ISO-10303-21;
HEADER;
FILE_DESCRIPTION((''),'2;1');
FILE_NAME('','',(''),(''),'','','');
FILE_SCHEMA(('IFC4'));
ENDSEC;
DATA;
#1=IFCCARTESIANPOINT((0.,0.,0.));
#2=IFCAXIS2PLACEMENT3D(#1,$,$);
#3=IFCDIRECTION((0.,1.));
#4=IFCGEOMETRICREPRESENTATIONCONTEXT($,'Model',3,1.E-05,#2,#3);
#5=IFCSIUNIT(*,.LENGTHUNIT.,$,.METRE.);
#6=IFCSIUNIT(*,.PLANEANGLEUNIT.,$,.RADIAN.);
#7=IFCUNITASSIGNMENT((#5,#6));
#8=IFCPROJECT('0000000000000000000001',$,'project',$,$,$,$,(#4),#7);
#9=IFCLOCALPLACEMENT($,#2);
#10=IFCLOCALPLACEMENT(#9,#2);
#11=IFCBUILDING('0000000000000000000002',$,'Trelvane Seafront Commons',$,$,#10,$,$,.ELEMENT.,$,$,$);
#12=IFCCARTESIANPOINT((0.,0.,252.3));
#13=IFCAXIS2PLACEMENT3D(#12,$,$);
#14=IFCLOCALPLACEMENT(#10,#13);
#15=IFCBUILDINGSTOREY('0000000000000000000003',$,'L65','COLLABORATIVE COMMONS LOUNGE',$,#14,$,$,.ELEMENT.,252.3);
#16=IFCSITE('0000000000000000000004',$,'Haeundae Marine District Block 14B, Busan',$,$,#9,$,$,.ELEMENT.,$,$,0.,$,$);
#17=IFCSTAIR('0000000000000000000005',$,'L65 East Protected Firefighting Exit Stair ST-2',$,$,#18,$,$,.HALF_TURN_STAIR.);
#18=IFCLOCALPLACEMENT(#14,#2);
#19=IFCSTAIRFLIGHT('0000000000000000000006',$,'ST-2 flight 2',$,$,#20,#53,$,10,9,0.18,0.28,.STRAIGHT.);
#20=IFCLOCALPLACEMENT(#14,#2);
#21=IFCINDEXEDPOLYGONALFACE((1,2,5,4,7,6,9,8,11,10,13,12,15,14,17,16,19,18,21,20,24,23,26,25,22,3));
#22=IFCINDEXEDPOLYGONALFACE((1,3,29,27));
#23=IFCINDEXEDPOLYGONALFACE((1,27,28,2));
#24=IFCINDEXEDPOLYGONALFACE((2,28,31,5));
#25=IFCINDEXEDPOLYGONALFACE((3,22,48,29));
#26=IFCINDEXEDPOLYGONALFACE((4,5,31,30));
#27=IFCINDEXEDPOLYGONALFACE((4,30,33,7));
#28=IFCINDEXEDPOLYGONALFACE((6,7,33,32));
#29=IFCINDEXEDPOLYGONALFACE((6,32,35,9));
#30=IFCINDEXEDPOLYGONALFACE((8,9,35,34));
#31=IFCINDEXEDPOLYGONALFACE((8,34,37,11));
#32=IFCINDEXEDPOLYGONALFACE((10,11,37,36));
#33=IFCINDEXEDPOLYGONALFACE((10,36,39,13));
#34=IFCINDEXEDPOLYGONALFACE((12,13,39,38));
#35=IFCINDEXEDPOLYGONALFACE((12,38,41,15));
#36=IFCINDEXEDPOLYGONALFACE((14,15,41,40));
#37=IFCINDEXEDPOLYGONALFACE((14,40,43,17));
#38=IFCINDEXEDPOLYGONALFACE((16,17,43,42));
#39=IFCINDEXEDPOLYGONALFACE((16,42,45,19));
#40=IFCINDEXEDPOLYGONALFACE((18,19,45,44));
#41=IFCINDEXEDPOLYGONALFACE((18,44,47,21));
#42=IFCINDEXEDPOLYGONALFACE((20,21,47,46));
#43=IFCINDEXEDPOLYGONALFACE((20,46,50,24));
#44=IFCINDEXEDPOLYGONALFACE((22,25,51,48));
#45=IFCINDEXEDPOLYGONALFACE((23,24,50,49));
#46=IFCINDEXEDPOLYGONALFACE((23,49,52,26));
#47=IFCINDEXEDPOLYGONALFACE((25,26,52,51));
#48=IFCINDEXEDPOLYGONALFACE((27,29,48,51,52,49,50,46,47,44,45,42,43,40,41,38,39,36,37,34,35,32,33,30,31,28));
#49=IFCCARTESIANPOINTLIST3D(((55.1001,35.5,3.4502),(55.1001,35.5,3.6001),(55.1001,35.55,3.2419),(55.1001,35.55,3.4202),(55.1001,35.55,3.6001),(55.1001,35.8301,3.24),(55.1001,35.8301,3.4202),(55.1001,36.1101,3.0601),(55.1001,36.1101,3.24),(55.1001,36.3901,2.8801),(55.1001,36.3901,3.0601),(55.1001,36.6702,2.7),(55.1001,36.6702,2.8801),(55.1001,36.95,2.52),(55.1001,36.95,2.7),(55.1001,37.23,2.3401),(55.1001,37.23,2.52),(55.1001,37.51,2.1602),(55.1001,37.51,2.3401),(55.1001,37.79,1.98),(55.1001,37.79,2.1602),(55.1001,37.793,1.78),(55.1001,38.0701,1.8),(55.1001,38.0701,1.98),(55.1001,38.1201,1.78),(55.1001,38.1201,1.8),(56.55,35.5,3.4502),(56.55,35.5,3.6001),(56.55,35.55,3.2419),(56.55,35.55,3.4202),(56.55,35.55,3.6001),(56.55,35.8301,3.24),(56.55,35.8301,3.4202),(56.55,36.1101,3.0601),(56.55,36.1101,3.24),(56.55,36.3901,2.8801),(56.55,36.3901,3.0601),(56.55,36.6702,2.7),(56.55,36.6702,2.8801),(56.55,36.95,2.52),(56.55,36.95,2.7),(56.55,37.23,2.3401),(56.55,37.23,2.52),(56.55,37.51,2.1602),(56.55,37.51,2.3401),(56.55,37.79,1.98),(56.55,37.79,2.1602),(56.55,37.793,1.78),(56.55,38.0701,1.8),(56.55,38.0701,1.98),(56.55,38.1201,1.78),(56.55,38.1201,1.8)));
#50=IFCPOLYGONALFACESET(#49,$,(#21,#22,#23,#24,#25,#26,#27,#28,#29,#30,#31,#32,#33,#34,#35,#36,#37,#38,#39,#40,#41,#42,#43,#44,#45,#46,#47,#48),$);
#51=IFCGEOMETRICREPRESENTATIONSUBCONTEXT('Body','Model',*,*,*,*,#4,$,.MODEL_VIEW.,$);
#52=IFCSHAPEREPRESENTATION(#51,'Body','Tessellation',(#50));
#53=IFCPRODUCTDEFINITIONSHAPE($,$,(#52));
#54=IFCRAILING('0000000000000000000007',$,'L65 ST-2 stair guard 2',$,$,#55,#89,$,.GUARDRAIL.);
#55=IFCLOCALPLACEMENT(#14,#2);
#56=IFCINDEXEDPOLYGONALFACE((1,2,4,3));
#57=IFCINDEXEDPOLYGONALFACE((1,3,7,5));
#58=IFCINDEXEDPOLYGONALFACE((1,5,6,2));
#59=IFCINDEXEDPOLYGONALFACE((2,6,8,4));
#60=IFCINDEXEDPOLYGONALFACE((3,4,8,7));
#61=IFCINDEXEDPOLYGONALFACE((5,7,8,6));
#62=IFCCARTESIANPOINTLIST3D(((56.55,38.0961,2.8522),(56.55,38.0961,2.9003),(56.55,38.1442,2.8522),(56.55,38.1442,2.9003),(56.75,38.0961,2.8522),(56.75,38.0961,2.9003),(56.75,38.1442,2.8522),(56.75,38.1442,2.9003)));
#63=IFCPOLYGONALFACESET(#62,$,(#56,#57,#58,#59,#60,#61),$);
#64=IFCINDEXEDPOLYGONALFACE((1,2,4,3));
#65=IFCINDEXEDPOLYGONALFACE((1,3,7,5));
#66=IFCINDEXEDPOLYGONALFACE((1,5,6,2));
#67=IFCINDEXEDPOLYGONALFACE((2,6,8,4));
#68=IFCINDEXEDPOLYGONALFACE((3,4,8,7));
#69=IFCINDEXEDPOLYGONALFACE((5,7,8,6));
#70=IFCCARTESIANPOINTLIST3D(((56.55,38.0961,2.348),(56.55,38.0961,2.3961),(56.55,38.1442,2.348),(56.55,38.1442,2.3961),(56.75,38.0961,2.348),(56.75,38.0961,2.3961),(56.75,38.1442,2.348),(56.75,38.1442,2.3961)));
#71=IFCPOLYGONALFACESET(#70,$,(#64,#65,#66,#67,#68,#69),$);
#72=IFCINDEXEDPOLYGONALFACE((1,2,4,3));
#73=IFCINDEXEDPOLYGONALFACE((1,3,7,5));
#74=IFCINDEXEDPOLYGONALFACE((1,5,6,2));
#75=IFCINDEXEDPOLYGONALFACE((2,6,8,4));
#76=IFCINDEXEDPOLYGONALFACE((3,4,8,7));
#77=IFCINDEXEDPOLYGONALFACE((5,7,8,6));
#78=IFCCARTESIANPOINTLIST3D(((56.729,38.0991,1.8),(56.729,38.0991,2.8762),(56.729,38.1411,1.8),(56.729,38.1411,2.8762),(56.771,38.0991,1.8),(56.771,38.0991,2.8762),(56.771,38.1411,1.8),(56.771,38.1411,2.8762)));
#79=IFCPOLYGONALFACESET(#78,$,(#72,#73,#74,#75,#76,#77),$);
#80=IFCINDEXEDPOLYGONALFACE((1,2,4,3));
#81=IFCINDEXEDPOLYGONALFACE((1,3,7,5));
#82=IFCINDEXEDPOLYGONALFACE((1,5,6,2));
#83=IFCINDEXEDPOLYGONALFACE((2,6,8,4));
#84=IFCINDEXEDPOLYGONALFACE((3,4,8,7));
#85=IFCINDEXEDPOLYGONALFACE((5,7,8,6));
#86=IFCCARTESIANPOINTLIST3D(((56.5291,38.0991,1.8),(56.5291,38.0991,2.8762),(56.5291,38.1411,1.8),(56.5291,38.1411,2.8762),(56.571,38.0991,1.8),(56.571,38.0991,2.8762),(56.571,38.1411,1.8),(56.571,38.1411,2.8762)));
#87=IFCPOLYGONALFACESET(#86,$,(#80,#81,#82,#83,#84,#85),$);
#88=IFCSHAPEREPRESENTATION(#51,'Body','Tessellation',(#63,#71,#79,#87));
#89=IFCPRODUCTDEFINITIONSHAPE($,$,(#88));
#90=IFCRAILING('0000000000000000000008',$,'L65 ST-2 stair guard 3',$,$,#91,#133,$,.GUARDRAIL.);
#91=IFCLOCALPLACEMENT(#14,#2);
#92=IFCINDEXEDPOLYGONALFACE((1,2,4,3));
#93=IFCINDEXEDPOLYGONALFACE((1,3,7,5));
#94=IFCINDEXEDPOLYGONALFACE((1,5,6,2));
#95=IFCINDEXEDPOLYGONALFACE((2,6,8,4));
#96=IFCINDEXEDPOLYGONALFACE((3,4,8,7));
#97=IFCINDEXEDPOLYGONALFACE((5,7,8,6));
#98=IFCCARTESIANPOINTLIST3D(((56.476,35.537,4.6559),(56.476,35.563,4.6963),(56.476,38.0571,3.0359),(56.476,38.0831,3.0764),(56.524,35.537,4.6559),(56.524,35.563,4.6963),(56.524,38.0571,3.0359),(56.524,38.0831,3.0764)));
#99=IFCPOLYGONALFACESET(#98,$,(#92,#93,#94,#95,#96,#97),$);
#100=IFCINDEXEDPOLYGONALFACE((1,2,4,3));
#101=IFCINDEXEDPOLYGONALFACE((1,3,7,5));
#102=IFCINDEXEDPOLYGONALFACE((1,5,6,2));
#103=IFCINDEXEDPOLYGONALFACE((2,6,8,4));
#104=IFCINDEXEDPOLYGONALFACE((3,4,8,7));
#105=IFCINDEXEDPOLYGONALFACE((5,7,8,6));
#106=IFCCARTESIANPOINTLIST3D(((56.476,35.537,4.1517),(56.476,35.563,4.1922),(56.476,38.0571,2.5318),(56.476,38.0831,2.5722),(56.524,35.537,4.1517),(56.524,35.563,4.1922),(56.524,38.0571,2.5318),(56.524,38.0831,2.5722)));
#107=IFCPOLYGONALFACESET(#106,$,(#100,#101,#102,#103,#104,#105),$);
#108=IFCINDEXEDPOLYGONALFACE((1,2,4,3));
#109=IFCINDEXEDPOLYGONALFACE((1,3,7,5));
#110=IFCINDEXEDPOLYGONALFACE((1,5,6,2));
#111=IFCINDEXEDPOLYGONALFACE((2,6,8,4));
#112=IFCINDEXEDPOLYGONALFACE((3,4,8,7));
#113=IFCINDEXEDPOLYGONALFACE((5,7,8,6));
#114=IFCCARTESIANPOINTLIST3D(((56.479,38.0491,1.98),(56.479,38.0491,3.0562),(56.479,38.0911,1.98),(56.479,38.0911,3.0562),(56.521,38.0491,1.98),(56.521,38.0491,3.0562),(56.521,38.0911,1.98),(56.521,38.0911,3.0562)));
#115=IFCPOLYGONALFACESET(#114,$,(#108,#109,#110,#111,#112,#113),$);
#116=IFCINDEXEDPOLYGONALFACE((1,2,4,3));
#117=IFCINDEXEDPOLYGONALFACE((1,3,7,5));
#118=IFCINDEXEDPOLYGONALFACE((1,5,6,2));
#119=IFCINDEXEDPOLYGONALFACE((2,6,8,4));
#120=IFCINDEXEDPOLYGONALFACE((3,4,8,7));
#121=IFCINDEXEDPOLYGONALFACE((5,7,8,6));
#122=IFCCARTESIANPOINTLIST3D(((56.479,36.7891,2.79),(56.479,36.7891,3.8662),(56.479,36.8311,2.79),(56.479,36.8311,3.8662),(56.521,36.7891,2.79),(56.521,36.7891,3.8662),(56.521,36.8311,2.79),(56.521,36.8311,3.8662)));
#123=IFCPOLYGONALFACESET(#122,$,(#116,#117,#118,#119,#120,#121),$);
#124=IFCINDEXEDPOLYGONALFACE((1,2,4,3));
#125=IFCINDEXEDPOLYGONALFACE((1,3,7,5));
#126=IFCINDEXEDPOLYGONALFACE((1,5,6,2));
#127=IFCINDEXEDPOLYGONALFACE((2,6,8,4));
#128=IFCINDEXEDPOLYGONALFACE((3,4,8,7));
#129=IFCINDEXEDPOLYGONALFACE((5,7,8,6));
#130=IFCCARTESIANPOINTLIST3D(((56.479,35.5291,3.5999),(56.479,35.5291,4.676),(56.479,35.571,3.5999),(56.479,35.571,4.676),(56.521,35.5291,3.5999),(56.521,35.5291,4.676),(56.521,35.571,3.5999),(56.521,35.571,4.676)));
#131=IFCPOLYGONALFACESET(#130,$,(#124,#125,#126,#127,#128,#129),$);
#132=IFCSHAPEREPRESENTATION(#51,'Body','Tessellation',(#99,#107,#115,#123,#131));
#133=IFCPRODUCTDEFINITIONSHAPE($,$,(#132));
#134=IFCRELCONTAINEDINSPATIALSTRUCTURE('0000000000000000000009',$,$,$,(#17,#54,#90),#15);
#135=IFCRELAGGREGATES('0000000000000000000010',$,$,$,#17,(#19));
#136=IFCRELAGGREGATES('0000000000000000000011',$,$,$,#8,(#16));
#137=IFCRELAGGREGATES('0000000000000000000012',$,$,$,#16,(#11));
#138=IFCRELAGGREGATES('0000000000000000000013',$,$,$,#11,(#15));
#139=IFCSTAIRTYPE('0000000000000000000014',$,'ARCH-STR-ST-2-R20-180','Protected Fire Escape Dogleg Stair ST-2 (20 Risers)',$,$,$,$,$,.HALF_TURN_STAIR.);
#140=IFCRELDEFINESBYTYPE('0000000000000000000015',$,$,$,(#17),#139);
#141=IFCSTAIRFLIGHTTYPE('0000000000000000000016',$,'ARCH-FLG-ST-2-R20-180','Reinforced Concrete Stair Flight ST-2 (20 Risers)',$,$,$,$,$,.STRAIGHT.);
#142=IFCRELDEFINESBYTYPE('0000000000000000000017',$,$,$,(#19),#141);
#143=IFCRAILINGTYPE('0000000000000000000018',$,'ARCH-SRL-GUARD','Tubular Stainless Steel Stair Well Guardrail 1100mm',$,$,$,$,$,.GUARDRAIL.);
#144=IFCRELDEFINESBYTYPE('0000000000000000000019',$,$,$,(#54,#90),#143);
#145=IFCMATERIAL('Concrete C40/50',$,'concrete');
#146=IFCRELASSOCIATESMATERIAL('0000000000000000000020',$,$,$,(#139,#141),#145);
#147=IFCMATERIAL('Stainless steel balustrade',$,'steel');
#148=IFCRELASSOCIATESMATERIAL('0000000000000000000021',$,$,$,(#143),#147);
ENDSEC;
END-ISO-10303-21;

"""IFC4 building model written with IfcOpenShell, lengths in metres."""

from ifc_helpers import new_model, si_unit, direction, frame, origin, origin_2d, place, context, subcontext, project, spatial, polyline, rectangle, outline, extrude, source, transform, mapped, material, type_object, element, aggregate, save


model = new_model("IFC4")

# Units and contexts
model_context = context("Model", 3, precision=1e-05, world=origin(), true_north=direction((0.0, 1.0)))
body_context = subcontext(model_context, "Body", "Model", "MODEL_VIEW")
ifc_project = project(units=[si_unit("LENGTHUNIT", "METRE"), si_unit("PLANEANGLEUNIT", "RADIAN")], contexts=[model_context])

# Site, building, storey
site_placement = place(None, origin())
site = spatial("IfcSite", under=ifc_project, at=site_placement, Name="Haeundae Marine District Block 14B, Busan", CompositionType="ELEMENT", RefElevation=0.0)
building_placement = place(site_placement, origin())
building = spatial("IfcBuilding", under=site, at=building_placement, Name="Trelvane Seafront Commons", CompositionType="ELEMENT")
storey_placement = place(building_placement, frame((0.0, 0.0, 252.3)))
storey = spatial("IfcBuildingStorey", under=building, at=storey_placement, Name="L65", Description="COLLABORATIVE COMMONS LOUNGE", CompositionType="ELEMENT", Elevation=252.3)

# Stair, stair flight
ifc_material_1 = material(Name="Concrete C40/50", Category="concrete")
stair_type = type_object("IfcStairType", Name="ARCH-STR-ST-2-R20-180", Description="Protected Fire Escape Dogleg Stair ST-2 (20 Risers)", PredefinedType="HALF_TURN_STAIR", material=ifc_material_1)
stair_placement = place(storey_placement, origin())
stair = element("IfcStair", 1, at=stair_placement, inside=storey, type_object=stair_type, Name="L65 East Protected Firefighting Exit Stair ST-2", PredefinedType="HALF_TURN_STAIR")
stair_flight_type = type_object("IfcStairFlightType", Name="ARCH-FLG-ST-2-R20-180", Description="Reinforced Concrete Stair Flight ST-2 (20 Risers)", PredefinedType="STRAIGHT", material=ifc_material_1)
shared_shape_1 = source(origin(), body_context, "Body", "SweptSolid", [
    extrude(outline(polyline([(-0.05, -0.02), (-0.05, 0.0), (0.0, 0.0), (0.0, 0.1799), (0.28, 0.1799), (0.28, 0.3601), (0.5601, 0.3601), (0.5601, 0.54), (0.8401, 0.54), (0.8401, 0.72), (1.1201, 0.72), (1.1201, 0.8999), (1.3999, 0.8999), (1.3999, 1.0801), (1.6799, 1.0801), (1.6799, 1.26), (1.96, 1.26), (1.96, 1.4399), (2.24, 1.4399), (2.24, 1.6201), (2.52, 1.6201), (2.52, 1.8), (2.5701, 1.8), (2.5701, 1.6501), (2.52, 1.4419), (0.2771, -0.02), (-0.05, -0.02)])), frame((0.0, 0.7251, 0.0), z_axis=(0.0, -1.0, 0.0), x_axis=(1.0, 0.0, 0.0)), (0.0, 0.0, 1.0), 1.45),
])
stair_flight_placement = place(storey_placement, frame((55.825, 38.0701, 1.8), z_axis=(0.0, 0.0, 1.0), x_axis=(0.0, -1.0, 0.0)))
stair_flight = element("IfcStairFlight", 2, at=stair_flight_placement, type_object=stair_flight_type, Name="ST-2 flight 2", NumberOfRisers=10, NumberOfTreads=9, PredefinedType="STRAIGHT", RiserHeight=0.18, TreadLength=0.28, context=body_context, shape_type="MappedRepresentation", body=[
    mapped(shared_shape_1, transform((0.0, 0.0, 0.0), x_axis=(1.0, 0.0, 0.0), y_axis=(0.0, 1.0, 0.0), z_axis=(0.0, 0.0, 1.0), scale=1.0)),
])
aggregate(stair, [stair_flight])

# Railings
ifc_material_2 = material(Name="Stainless steel balustrade", Category="steel")
railing_type = type_object("IfcRailingType", Name="ARCH-SRL-GUARD", Description="Tubular Stainless Steel Stair Well Guardrail 1100mm", PredefinedType="GUARDRAIL", material=ifc_material_2)
railing_1_placement = place(storey_placement, frame((56.75, 38.1201, 1.8)))
element("IfcRailing", 3, at=railing_1_placement, inside=storey, type_object=railing_type, Name="L65 ST-2 stair guard 2", PredefinedType="GUARDRAIL", context=body_context, shape_type="SweptSolid", body=[
    extrude(rectangle(XDim=0.0481, YDim=0.0481, at=origin_2d()), frame((0.0, 0.0, 1.0762), z_axis=(-1.0, 0.0, 0.0), x_axis=(0.0, -1.0, 0.0)), (0.0, 0.0, 1.0), 0.2),
    extrude(rectangle(XDim=0.0481, YDim=0.0481, at=origin_2d()), frame((0.0, 0.0, 0.572), z_axis=(-1.0, 0.0, 0.0), x_axis=(0.0, -1.0, 0.0)), (0.0, 0.0, 1.0), 0.2),
    extrude(rectangle(XDim=0.042, YDim=0.042, at=origin_2d()), origin(), (0.0, 0.0, 1.0), 1.0762),
    extrude(rectangle(XDim=0.042, YDim=0.042, at=origin_2d()), frame((-0.2, 0.0, 0.0)), (0.0, 0.0, 1.0), 1.0762),
])
railing_2_placement = place(storey_placement, frame((56.5, 38.0701, 1.98)))
element("IfcRailing", 4, at=railing_2_placement, inside=storey, type_object=railing_type, Name="L65 ST-2 stair guard 3", PredefinedType="GUARDRAIL", context=body_context, shape_type="SweptSolid", body=[
    extrude(rectangle(XDim=0.0481, YDim=0.0481, at=origin_2d()), frame((0.0, 0.0, 1.0762), z_axis=(0.0, -0.8412, 0.540725), x_axis=(1.0, 0.0, 0.0)), (0.0, 0.0, 1.0), 2.9958),
    extrude(rectangle(XDim=0.0481, YDim=0.0481, at=origin_2d()), frame((0.0, 0.0, 0.572), z_axis=(0.0, -0.8412, 0.540725), x_axis=(1.0, 0.0, 0.0)), (0.0, 0.0, 1.0), 2.9958),
    extrude(rectangle(XDim=0.042, YDim=0.042, at=origin_2d()), origin(), (0.0, 0.0, 1.0), 1.0762),
    extrude(rectangle(XDim=0.042, YDim=0.042, at=origin_2d()), frame((0.0, -1.26, 0.8101)), (0.0, 0.0, 1.0), 1.0762),
    extrude(rectangle(XDim=0.042, YDim=0.042, at=origin_2d()), frame((0.0, -2.52, 1.6199)), (0.0, 0.0, 1.0), 1.0762),
])

save(model, "model.ifc")
